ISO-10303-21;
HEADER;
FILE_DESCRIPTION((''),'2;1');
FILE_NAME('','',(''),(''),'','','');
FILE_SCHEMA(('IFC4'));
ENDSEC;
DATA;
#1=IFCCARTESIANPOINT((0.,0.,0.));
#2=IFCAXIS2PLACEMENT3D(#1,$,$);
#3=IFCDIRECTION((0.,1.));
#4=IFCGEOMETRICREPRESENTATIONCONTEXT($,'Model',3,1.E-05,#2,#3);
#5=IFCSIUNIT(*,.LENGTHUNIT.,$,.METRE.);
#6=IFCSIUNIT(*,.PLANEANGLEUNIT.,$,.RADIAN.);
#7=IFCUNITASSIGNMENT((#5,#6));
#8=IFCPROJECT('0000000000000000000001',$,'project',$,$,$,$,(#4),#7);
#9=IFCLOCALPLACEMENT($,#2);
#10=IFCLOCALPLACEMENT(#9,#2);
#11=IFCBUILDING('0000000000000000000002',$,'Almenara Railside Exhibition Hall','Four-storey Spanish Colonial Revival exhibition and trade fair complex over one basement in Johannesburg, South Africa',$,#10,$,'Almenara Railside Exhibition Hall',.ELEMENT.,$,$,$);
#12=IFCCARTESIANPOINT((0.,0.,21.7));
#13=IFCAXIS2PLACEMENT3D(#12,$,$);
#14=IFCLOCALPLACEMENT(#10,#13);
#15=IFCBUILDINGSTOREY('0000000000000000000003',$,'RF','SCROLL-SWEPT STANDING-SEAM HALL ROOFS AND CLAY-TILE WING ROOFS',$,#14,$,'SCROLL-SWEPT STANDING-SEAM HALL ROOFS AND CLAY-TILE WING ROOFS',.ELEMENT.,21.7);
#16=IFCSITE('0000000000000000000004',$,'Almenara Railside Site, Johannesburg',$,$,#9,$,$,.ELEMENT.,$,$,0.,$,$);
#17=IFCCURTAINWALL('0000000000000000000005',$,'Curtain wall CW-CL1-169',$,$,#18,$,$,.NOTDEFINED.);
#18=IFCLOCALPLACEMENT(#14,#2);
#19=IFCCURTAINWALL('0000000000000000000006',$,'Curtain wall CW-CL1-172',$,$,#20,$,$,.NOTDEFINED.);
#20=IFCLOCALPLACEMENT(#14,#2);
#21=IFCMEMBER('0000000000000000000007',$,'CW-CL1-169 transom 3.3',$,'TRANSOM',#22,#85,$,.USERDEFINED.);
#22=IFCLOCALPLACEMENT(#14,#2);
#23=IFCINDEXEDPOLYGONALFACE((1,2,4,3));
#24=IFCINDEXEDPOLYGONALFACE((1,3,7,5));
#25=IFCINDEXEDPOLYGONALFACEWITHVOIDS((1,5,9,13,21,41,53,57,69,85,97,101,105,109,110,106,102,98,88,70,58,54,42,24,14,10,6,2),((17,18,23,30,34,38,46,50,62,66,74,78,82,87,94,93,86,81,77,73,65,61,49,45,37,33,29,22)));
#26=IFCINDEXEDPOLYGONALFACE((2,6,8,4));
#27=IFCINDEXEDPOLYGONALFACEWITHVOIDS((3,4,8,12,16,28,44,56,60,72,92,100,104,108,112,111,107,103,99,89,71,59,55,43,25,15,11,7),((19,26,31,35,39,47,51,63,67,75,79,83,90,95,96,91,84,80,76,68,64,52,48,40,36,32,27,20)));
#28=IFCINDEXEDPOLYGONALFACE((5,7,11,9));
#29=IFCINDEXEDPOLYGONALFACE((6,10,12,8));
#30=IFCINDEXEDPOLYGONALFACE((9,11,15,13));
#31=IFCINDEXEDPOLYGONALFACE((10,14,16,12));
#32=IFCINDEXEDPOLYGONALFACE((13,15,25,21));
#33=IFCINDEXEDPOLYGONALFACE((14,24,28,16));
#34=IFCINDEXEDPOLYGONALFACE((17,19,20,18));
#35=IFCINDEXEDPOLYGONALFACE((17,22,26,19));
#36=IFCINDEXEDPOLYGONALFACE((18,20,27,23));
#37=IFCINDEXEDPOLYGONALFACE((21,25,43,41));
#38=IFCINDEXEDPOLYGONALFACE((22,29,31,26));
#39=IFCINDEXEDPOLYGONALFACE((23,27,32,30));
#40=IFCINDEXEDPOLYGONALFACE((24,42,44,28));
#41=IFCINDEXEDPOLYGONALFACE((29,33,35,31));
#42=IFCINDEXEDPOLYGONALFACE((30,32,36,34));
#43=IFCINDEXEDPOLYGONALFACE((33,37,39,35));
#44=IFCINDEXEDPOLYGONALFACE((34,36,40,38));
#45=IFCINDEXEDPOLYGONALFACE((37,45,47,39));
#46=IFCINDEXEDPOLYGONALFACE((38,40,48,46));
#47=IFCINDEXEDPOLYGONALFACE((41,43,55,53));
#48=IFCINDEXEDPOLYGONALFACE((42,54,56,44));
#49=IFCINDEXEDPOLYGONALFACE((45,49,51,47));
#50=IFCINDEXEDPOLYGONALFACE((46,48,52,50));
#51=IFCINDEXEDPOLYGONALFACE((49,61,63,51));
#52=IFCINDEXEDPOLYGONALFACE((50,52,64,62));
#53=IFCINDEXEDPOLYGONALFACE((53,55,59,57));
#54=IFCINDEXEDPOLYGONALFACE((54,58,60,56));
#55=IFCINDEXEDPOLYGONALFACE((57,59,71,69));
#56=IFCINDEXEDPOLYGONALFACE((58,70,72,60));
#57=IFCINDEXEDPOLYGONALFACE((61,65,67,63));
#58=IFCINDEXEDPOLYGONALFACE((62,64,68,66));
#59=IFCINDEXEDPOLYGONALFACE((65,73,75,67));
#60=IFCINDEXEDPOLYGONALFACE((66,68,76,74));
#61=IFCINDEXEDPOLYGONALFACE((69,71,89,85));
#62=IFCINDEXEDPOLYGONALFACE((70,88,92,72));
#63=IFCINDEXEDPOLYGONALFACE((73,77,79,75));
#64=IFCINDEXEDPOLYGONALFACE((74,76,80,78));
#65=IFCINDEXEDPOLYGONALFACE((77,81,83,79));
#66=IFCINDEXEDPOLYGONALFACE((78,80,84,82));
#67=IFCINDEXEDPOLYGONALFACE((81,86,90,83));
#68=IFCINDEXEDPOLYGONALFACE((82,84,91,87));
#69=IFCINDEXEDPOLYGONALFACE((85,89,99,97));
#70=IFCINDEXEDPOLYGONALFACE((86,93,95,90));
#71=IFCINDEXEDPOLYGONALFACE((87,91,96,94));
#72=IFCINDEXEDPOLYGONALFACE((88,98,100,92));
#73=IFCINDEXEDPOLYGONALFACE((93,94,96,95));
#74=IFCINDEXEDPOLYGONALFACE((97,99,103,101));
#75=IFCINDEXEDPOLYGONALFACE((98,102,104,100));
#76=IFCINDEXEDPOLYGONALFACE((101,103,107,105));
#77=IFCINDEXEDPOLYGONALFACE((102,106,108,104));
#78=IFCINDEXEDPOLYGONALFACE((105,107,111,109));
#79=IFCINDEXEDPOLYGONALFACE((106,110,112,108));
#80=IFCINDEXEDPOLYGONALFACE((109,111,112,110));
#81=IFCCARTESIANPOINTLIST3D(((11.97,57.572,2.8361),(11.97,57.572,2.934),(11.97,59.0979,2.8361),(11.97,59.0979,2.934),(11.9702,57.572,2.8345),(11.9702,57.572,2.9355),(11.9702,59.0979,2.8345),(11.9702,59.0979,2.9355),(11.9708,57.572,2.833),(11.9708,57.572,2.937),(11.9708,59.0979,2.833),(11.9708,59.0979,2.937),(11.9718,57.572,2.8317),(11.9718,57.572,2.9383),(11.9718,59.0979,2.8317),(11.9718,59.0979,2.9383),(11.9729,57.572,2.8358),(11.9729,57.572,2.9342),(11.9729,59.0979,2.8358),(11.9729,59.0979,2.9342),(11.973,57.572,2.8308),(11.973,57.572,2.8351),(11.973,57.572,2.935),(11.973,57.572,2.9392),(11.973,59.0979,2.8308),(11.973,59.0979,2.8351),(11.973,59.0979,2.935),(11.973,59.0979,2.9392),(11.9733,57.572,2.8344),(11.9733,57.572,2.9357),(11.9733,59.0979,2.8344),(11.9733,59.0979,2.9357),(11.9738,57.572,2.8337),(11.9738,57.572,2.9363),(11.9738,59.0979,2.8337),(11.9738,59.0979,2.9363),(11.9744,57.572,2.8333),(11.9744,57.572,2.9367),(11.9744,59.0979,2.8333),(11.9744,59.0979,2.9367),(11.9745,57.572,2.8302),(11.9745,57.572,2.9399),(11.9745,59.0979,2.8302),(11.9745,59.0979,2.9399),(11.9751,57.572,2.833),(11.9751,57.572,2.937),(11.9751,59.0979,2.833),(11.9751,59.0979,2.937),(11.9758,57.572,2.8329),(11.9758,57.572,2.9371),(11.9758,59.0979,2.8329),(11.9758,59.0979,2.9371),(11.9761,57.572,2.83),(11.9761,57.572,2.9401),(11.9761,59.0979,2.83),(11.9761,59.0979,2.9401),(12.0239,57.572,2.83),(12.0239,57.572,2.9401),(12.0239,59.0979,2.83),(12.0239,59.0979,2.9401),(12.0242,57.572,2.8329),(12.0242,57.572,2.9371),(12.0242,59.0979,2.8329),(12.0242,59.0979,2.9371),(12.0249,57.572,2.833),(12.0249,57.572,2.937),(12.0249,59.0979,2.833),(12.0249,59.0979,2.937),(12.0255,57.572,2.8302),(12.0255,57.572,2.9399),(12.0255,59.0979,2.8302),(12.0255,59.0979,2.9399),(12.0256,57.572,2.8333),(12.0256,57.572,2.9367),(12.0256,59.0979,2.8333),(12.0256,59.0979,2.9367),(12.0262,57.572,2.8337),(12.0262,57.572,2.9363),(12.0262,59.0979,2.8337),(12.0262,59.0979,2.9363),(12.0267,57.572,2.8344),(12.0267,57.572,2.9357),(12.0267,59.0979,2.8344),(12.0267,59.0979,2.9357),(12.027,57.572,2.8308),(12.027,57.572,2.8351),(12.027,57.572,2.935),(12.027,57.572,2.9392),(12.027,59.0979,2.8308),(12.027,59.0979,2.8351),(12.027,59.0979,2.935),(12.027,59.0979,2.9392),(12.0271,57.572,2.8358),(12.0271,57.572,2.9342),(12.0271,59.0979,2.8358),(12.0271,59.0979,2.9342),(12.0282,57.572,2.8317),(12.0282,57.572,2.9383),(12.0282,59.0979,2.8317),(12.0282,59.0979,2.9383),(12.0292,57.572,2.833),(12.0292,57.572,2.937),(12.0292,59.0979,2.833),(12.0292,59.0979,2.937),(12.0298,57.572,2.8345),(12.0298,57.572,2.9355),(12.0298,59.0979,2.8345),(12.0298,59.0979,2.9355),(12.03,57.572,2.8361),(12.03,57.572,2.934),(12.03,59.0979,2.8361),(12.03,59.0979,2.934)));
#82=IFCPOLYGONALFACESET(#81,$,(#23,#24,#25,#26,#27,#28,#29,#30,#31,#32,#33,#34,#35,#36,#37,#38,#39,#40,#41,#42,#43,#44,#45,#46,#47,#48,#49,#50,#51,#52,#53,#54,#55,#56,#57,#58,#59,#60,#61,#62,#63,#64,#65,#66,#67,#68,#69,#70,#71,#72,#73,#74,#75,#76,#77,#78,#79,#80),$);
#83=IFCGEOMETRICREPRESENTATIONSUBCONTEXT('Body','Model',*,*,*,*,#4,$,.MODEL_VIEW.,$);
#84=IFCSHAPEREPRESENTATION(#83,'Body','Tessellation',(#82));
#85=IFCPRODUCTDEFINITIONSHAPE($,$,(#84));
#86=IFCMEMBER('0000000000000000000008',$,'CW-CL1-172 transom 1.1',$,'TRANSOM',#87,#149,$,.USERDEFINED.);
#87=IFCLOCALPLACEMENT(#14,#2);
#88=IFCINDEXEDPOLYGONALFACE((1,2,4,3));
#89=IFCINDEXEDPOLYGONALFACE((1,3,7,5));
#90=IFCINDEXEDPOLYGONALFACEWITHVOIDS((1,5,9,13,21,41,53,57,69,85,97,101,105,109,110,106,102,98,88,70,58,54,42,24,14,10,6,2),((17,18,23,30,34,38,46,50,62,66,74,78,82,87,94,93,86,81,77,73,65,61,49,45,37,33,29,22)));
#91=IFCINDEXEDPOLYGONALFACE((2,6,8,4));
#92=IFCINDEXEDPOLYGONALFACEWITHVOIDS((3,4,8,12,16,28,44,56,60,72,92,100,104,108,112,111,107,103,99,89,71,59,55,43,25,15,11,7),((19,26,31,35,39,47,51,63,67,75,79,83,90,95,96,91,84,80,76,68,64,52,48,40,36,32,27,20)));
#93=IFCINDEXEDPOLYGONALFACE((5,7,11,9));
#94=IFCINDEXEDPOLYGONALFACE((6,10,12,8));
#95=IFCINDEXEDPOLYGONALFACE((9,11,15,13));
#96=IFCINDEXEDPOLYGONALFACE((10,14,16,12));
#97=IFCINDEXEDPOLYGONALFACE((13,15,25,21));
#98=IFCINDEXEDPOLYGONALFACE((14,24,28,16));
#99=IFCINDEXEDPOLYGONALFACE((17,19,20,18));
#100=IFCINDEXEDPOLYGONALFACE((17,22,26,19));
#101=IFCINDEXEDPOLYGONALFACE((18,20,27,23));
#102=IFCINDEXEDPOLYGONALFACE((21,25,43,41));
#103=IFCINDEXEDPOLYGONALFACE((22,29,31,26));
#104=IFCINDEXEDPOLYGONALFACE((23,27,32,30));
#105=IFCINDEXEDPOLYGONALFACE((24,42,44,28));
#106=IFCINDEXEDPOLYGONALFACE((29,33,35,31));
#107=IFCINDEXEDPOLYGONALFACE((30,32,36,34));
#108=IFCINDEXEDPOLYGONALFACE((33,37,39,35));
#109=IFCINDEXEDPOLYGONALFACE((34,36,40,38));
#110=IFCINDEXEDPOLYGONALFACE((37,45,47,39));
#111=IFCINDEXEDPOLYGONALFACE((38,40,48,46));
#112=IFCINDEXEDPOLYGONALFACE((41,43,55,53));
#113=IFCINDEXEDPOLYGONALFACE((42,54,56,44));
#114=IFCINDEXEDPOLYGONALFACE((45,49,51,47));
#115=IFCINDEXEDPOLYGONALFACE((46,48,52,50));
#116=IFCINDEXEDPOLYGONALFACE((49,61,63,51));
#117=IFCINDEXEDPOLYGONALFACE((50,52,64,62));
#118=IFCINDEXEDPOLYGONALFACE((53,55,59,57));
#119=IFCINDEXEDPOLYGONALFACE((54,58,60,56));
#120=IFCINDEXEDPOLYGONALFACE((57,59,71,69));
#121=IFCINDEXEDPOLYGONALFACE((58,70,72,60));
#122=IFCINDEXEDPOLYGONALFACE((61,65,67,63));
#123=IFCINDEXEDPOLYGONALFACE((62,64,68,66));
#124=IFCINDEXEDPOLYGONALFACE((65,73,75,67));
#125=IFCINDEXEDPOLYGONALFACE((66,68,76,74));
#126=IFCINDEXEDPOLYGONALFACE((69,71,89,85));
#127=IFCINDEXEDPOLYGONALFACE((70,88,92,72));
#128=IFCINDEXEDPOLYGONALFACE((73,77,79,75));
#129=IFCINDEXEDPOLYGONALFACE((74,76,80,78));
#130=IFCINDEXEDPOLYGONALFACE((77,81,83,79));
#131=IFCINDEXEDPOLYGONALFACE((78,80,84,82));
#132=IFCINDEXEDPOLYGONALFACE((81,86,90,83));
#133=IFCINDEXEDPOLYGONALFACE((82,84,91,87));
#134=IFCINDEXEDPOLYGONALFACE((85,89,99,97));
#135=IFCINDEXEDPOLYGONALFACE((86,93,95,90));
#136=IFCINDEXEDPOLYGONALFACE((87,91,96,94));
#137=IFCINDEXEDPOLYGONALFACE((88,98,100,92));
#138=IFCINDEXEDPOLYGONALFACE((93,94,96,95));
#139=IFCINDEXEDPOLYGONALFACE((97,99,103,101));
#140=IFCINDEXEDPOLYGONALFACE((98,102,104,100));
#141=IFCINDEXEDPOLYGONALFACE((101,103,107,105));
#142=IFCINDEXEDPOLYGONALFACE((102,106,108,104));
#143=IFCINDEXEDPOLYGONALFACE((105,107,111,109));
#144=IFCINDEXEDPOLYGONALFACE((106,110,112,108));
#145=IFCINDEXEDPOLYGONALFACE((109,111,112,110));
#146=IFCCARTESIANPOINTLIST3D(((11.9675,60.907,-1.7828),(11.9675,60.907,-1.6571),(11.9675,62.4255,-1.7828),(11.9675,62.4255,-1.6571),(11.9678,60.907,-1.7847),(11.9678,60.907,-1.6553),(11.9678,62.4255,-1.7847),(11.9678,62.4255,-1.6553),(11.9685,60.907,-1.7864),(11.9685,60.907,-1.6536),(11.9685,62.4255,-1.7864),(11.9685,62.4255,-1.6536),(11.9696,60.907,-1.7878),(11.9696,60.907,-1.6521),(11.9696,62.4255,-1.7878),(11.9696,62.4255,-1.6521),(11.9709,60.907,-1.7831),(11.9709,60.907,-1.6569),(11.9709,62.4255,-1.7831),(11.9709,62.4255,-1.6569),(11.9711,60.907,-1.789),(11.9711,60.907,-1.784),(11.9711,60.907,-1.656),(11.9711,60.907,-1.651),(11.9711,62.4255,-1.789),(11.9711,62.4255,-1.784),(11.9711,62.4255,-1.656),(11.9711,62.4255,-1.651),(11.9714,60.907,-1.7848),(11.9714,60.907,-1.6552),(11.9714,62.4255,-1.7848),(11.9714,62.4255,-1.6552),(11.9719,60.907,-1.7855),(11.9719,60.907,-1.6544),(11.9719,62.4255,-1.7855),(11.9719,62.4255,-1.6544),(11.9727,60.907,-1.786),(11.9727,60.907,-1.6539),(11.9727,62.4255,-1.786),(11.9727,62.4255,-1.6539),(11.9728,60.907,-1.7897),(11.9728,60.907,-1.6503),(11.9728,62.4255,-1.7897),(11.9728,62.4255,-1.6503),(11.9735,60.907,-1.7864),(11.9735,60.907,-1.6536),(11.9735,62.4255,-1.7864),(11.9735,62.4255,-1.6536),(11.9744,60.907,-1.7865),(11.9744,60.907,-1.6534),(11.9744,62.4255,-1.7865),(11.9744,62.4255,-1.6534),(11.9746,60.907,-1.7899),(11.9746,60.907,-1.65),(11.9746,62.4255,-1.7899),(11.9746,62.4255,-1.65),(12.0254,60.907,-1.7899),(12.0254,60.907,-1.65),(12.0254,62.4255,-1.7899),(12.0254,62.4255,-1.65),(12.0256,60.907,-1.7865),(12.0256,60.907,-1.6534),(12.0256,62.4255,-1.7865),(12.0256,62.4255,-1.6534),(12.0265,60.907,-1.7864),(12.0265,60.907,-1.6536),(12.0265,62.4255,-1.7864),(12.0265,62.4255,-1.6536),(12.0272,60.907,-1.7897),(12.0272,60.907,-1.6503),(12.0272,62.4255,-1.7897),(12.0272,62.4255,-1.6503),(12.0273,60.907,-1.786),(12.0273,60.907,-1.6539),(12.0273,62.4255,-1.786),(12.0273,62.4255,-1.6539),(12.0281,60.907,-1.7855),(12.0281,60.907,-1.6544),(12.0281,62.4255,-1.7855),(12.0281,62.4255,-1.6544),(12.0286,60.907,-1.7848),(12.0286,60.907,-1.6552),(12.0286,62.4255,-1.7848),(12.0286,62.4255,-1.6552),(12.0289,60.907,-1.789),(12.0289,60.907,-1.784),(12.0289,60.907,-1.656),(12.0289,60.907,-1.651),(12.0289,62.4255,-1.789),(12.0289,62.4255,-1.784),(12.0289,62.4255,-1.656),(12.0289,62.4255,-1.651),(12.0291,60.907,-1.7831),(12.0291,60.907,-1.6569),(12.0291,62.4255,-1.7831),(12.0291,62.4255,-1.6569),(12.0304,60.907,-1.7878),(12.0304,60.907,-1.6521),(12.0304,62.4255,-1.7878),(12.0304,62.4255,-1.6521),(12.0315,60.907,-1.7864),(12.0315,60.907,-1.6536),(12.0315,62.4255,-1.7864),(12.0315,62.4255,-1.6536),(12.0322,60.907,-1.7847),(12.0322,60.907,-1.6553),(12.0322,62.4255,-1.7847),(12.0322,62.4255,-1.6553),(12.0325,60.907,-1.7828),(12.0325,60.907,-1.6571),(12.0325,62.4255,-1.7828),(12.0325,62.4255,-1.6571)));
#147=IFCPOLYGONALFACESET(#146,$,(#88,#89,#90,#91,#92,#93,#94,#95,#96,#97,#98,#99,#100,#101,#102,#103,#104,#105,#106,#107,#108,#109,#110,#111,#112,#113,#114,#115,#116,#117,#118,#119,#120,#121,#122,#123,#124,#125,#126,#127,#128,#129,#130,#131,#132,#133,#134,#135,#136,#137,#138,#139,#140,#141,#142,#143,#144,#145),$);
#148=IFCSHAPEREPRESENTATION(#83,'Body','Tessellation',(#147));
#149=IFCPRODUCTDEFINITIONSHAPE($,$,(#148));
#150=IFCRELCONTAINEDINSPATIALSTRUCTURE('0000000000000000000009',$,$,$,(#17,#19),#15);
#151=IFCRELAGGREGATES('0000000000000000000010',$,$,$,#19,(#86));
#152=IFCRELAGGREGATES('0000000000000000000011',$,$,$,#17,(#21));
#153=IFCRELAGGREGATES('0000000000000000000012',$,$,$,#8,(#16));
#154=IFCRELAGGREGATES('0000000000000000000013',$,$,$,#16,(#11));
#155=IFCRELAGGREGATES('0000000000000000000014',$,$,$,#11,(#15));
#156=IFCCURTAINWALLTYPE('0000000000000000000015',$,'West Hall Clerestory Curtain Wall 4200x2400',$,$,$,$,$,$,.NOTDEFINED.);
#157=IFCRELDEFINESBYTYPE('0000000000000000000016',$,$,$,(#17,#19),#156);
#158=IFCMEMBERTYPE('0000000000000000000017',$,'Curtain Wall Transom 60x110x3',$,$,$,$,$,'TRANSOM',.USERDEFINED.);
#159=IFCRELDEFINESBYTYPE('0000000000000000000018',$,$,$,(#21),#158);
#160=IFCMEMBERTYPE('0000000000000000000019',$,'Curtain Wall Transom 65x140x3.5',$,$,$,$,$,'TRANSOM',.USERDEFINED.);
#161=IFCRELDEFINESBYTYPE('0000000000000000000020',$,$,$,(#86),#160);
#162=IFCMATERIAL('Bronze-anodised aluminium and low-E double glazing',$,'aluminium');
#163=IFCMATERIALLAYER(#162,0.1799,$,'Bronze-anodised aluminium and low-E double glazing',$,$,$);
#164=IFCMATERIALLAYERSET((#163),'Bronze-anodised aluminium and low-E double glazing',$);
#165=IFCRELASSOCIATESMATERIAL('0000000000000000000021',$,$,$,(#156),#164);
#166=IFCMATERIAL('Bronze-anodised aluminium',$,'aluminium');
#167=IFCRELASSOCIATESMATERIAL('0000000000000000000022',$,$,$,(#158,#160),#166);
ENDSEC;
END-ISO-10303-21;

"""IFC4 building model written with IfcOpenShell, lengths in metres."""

from ifc_helpers import new_model, si_unit, direction, frame, origin, origin_2d, place, context, subcontext, project, spatial, hollow_rectangle, extrude, material, layer, layer_set, material_profile, profile_set, type_object, element, aggregate, save


model = new_model("IFC4")

# Units and contexts
model_context = context("Model", 3, precision=1e-05, world=origin(), true_north=direction((0.0, 1.0)))
body_context = subcontext(model_context, "Body", "Model", "MODEL_VIEW")
ifc_project = project(units=[si_unit("LENGTHUNIT", "METRE"), si_unit("PLANEANGLEUNIT", "RADIAN")], contexts=[model_context])

# Site, building, storey
site_placement = place(None, origin())
site = spatial("IfcSite", under=ifc_project, at=site_placement, Name="Almenara Railside Site, Johannesburg", CompositionType="ELEMENT", RefElevation=0.0)
building_placement = place(site_placement, origin())
building = spatial("IfcBuilding", under=site, at=building_placement, Name="Almenara Railside Exhibition Hall", Description="Four-storey Spanish Colonial Revival exhibition and trade fair complex over one basement in Johannesburg, South Africa", LongName="Almenara Railside Exhibition Hall", CompositionType="ELEMENT")
storey_placement = place(building_placement, frame((0.0, 0.0, 21.7)))
storey = spatial("IfcBuildingStorey", under=building, at=storey_placement, Name="RF", Description="SCROLL-SWEPT STANDING-SEAM HALL ROOFS AND CLAY-TILE WING ROOFS", LongName="SCROLL-SWEPT STANDING-SEAM HALL ROOFS AND CLAY-TILE WING ROOFS", CompositionType="ELEMENT", Elevation=21.7)

# Curtain walls
ifc_material_1 = material(Name="Bronze-anodised aluminium and low-E double glazing", Category="aluminium")
ifc_layer_1 = layer(ifc_material_1, 0.1799, Name="Bronze-anodised aluminium and low-E double glazing")
ifc_layer_set_1 = layer_set([ifc_layer_1], Name="Bronze-anodised aluminium and low-E double glazing")
curtain_wall_type = type_object("IfcCurtainWallType", Name="West Hall Clerestory Curtain Wall 4200x2400", PredefinedType="NOTDEFINED", material=ifc_layer_set_1)
curtain_wall_1_placement = place(storey_placement, origin())
curtain_wall_1 = element("IfcCurtainWall", 1, at=curtain_wall_1_placement, inside=storey, type_object=curtain_wall_type, Name="Curtain wall CW-CL1-169", PredefinedType="NOTDEFINED")
ifc_material_2 = material(Name="Bronze-anodised aluminium", Category="aluminium")
curtain_wall_2_placement = place(storey_placement, origin())
curtain_wall_2 = element("IfcCurtainWall", 2, at=curtain_wall_2_placement, inside=storey, type_object=curtain_wall_type, Name="Curtain wall CW-CL1-172", PredefinedType="NOTDEFINED")

# Members
ifc_material_profile_1 = material_profile(ifc_material_2, hollow_rectangle(XDim=0.0601, YDim=0.1101, WallThickness=0.0029, InnerFilletRadius=0.0029, OuterFilletRadius=0.0061, at=origin_2d()), Name="ALU-TRN 60x110x3")
ifc_profile_set_1 = profile_set([ifc_material_profile_1], Name="Bronze-anodised aluminium")
member_type_1 = type_object("IfcMemberType", Name="Curtain Wall Transom 60x110x3", ElementType="TRANSOM", PredefinedType="USERDEFINED", material=ifc_profile_set_1)
member_1_placement = place(storey_placement, frame((12.0, 57.572, 2.885), z_axis=(0.0, 1.0, 0.0), x_axis=(-1.0, 0.0, 0.0)))
member_1 = element("IfcMember", 3, at=member_1_placement, type_object=member_type_1, Name="CW-CL1-169 transom 3.3", ObjectType="TRANSOM", PredefinedType="USERDEFINED", context=body_context, shape_type="SweptSolid", body=[
    extrude(hollow_rectangle(XDim=0.0601, YDim=0.1101, WallThickness=0.0029, InnerFilletRadius=0.0029, OuterFilletRadius=0.0061, at=origin_2d()), origin(), (0.0, 0.0, 1.0), 1.5259),
])
ifc_material_profile_2 = material_profile(ifc_material_2, hollow_rectangle(XDim=0.0649, YDim=0.1399, WallThickness=0.0034, InnerFilletRadius=0.0034, OuterFilletRadius=0.0071, at=origin_2d()), Name="ALU-TRN 65x140x3.5")
ifc_profile_set_2 = profile_set([ifc_material_profile_2], Name="Bronze-anodised aluminium")
member_type_2 = type_object("IfcMemberType", Name="Curtain Wall Transom 65x140x3.5", ElementType="TRANSOM", PredefinedType="USERDEFINED", material=ifc_profile_set_2)
member_2_placement = place(storey_placement, frame((12.0, 60.907, -1.72), z_axis=(0.0, 1.0, 0.0), x_axis=(-1.0, 0.0, 0.0)))
member_2 = element("IfcMember", 4, at=member_2_placement, type_object=member_type_2, Name="CW-CL1-172 transom 1.1", ObjectType="TRANSOM", PredefinedType="USERDEFINED", context=body_context, shape_type="SweptSolid", body=[
    extrude(hollow_rectangle(XDim=0.0649, YDim=0.1399, WallThickness=0.0034, InnerFilletRadius=0.0034, OuterFilletRadius=0.0071, at=origin_2d()), origin(), (0.0, 0.0, 1.0), 1.5186),
])

aggregate(curtain_wall_2, [member_2])
aggregate(curtain_wall_1, [member_1])

save(model, "model.ifc")
